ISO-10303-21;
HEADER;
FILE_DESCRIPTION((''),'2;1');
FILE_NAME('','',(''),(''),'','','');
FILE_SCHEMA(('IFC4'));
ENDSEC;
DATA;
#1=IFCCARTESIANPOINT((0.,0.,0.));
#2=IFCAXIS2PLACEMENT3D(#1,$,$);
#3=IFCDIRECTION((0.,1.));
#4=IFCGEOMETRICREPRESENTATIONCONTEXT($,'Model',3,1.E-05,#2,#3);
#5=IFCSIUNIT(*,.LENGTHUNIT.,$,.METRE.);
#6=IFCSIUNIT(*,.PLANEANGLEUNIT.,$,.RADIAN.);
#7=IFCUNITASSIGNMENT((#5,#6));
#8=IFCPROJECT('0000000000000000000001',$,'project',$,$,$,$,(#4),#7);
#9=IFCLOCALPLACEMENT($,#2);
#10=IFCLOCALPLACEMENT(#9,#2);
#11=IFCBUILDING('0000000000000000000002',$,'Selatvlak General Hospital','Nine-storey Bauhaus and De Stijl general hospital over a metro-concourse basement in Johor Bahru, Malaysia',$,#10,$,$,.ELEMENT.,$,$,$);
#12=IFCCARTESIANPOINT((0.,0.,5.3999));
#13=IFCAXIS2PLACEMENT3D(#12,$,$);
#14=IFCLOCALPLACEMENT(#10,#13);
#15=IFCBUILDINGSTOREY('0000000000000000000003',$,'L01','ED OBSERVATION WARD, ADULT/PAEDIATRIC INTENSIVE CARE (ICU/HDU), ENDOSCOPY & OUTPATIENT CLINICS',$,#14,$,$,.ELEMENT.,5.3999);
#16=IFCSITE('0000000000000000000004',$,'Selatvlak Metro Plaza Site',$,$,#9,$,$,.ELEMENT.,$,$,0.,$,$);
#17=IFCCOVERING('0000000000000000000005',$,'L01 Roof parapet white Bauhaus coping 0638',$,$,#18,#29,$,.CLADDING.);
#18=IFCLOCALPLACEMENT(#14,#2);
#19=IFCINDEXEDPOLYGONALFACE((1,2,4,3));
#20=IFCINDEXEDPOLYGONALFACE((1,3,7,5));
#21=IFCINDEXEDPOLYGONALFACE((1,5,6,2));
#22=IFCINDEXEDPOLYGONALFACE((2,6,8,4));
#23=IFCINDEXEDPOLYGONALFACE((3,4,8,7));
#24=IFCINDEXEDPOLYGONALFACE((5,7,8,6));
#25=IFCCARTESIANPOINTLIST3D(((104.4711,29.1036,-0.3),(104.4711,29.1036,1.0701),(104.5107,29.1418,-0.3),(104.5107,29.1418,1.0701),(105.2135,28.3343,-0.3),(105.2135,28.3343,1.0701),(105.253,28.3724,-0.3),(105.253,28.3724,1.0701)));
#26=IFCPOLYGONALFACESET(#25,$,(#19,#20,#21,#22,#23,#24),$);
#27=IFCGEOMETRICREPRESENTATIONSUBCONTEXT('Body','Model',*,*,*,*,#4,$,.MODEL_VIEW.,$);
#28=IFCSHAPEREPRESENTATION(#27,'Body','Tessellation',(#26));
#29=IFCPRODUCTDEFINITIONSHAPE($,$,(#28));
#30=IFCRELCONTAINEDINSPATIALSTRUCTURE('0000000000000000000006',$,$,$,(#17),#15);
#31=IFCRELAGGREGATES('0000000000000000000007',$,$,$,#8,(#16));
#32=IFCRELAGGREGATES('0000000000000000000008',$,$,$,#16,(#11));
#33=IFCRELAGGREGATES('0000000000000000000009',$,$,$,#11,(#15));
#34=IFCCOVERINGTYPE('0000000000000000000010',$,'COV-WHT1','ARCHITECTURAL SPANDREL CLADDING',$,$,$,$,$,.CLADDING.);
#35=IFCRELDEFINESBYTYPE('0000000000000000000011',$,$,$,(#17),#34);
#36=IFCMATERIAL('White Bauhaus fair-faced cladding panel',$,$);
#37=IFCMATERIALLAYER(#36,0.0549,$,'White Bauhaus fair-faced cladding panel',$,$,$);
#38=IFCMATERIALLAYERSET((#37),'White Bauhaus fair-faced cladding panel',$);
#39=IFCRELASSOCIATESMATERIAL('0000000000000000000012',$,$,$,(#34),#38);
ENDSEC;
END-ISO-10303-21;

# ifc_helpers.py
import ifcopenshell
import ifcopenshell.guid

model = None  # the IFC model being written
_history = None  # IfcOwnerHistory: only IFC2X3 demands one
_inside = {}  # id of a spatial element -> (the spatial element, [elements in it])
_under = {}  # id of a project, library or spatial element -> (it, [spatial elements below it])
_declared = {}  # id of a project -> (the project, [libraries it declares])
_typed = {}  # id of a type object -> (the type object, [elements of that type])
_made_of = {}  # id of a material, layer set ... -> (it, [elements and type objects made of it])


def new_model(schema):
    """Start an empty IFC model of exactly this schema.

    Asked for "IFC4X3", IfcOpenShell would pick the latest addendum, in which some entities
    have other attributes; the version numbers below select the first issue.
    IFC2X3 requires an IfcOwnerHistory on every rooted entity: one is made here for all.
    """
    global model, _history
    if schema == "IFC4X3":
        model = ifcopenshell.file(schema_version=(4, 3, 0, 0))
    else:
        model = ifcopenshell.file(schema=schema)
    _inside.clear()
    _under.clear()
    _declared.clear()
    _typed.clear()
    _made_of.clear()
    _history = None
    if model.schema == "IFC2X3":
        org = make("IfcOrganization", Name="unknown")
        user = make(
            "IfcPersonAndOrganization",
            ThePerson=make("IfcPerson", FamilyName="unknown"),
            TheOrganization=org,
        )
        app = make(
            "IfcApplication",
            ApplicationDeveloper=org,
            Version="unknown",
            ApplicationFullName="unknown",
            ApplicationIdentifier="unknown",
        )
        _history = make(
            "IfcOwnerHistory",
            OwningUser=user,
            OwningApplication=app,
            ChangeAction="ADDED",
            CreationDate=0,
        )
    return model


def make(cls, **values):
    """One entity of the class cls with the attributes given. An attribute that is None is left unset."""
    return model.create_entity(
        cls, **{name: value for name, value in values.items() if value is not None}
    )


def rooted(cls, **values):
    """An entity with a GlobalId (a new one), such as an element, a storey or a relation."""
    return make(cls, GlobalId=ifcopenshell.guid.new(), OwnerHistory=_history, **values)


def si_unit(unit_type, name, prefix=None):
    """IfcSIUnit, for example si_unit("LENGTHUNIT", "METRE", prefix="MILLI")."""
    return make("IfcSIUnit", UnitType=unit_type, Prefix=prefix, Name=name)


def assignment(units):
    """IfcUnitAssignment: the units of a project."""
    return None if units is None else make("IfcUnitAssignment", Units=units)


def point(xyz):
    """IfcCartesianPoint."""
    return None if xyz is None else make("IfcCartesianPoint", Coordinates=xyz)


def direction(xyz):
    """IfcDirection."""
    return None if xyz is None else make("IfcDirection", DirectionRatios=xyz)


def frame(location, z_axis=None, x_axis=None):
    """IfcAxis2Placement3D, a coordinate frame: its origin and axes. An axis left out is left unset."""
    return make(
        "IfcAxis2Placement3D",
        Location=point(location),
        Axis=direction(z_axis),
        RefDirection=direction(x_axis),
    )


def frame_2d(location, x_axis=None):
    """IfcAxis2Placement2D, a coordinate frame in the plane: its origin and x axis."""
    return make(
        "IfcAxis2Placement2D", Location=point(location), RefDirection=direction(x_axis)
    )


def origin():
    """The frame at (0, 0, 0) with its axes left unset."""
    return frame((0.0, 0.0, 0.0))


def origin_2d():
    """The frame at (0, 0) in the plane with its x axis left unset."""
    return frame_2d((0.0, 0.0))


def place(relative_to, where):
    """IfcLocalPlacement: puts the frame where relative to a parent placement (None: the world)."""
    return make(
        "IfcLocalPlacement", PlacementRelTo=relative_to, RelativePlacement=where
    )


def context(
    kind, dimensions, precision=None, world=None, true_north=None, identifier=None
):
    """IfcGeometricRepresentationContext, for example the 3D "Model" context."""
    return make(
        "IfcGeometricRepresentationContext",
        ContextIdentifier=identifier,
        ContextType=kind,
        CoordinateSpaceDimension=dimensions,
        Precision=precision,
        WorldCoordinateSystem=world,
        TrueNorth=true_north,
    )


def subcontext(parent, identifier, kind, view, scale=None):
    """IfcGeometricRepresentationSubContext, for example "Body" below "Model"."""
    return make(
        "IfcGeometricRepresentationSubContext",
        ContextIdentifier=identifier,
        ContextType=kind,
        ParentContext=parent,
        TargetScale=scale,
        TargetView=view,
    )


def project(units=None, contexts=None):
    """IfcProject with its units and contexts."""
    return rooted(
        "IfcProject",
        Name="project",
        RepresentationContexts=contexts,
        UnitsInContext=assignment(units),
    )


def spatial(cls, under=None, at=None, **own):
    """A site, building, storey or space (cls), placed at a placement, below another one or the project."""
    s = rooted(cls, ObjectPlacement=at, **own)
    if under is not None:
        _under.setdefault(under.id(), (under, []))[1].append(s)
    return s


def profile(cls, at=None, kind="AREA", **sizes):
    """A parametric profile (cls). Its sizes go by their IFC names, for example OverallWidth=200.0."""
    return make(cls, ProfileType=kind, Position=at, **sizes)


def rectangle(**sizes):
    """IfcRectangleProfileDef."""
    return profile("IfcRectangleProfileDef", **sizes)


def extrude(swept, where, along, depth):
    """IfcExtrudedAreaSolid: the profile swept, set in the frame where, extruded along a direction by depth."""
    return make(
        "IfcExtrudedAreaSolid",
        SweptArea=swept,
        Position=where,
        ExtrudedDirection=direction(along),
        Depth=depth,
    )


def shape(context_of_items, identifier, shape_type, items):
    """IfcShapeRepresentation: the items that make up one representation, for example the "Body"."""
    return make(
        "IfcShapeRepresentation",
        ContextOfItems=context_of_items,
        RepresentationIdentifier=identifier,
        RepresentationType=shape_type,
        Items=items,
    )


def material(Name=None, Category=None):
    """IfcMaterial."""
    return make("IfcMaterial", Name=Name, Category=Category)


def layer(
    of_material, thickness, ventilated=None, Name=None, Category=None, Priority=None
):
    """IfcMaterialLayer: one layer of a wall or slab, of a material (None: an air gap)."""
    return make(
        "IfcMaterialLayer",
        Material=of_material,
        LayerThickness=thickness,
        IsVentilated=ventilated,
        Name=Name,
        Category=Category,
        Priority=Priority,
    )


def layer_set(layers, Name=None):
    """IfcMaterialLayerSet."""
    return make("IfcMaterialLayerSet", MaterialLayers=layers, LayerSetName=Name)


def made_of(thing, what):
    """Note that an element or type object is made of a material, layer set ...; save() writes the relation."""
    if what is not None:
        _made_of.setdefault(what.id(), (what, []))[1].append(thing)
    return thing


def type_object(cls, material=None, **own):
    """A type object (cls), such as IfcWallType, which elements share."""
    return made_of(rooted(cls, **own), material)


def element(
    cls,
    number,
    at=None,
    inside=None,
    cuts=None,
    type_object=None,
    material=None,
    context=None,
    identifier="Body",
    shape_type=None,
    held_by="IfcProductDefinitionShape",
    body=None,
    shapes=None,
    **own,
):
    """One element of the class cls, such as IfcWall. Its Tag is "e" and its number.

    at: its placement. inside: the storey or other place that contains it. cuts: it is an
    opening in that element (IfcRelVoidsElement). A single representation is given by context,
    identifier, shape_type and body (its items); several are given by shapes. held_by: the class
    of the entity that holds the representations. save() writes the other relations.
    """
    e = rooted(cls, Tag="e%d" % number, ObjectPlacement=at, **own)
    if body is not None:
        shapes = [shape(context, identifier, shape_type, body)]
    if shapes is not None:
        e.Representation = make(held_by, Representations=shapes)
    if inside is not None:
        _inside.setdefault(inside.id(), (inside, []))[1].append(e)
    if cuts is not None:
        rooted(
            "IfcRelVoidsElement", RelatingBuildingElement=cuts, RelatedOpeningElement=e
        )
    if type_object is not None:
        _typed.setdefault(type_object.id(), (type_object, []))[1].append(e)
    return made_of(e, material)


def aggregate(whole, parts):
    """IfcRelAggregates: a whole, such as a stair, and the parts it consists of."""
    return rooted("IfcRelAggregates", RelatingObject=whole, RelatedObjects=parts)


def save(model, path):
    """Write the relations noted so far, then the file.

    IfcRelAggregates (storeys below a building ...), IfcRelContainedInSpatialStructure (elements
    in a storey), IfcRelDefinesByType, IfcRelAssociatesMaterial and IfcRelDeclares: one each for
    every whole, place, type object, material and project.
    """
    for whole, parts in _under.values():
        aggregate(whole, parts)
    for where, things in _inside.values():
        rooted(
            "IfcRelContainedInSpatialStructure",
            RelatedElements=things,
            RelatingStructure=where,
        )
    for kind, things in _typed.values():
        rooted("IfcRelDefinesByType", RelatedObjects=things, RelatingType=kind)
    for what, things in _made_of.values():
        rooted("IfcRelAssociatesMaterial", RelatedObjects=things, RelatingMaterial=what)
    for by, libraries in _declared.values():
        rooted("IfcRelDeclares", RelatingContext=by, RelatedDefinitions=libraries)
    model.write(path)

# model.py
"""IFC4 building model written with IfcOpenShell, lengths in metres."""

from ifc_helpers import new_model, si_unit, direction, frame, origin, origin_2d, place, context, subcontext, project, spatial, rectangle, extrude, material, layer, layer_set, type_object, element, save


model = new_model("IFC4")

# Units and contexts
model_context = context("Model", 3, precision=1e-05, world=origin(), true_north=direction((0.0, 1.0)))
body_context = subcontext(model_context, "Body", "Model", "MODEL_VIEW")
ifc_project = project(units=[si_unit("LENGTHUNIT", "METRE"), si_unit("PLANEANGLEUNIT", "RADIAN")], contexts=[model_context])

# Site, building, storey
site_placement = place(None, origin())
site = spatial("IfcSite", under=ifc_project, at=site_placement, Name="Selatvlak Metro Plaza Site", CompositionType="ELEMENT", RefElevation=0.0)
building_placement = place(site_placement, origin())
building = spatial("IfcBuilding", under=site, at=building_placement, Name="Selatvlak General Hospital", Description="Nine-storey Bauhaus and De Stijl general hospital over a metro-concourse basement in Johor Bahru, Malaysia", CompositionType="ELEMENT")
storey_placement = place(building_placement, frame((0.0, 0.0, 5.3999)))
storey = spatial("IfcBuildingStorey", under=building, at=storey_placement, Name="L01", Description="ED OBSERVATION WARD, ADULT/PAEDIATRIC INTENSIVE CARE (ICU/HDU), ENDOSCOPY & OUTPATIENT CLINICS", CompositionType="ELEMENT", Elevation=5.3999)

# Covering
ifc_material_1 = material(Name="White Bauhaus fair-faced cladding panel")
ifc_layer_1 = layer(ifc_material_1, 0.0549, Name="White Bauhaus fair-faced cladding panel")
ifc_layer_set_1 = layer_set([ifc_layer_1], Name="White Bauhaus fair-faced cladding panel")
covering_type_1 = type_object("IfcCoveringType", Name="COV-WHT1", Description="ARCHITECTURAL SPANDREL CLADDING", PredefinedType="CLADDING", material=ifc_layer_set_1)
covering_1_placement = place(storey_placement, frame((104.8621, 28.738, -0.3), z_axis=(0.0, 0.0, 1.0), x_axis=(-0.694357, 0.719631, 0.0)))
element("IfcCovering", 1, at=covering_1_placement, inside=storey, type_object=covering_type_1, Name="L01 Roof parapet white Bauhaus coping 0638", PredefinedType="CLADDING", context=body_context, shape_type="SweptSolid", body=[
    extrude(rectangle(XDim=1.0691, YDim=0.0549, at=origin_2d()), origin(), (0.0, 0.0, 1.0), 1.3701),
])

save(model, "model.ifc")
